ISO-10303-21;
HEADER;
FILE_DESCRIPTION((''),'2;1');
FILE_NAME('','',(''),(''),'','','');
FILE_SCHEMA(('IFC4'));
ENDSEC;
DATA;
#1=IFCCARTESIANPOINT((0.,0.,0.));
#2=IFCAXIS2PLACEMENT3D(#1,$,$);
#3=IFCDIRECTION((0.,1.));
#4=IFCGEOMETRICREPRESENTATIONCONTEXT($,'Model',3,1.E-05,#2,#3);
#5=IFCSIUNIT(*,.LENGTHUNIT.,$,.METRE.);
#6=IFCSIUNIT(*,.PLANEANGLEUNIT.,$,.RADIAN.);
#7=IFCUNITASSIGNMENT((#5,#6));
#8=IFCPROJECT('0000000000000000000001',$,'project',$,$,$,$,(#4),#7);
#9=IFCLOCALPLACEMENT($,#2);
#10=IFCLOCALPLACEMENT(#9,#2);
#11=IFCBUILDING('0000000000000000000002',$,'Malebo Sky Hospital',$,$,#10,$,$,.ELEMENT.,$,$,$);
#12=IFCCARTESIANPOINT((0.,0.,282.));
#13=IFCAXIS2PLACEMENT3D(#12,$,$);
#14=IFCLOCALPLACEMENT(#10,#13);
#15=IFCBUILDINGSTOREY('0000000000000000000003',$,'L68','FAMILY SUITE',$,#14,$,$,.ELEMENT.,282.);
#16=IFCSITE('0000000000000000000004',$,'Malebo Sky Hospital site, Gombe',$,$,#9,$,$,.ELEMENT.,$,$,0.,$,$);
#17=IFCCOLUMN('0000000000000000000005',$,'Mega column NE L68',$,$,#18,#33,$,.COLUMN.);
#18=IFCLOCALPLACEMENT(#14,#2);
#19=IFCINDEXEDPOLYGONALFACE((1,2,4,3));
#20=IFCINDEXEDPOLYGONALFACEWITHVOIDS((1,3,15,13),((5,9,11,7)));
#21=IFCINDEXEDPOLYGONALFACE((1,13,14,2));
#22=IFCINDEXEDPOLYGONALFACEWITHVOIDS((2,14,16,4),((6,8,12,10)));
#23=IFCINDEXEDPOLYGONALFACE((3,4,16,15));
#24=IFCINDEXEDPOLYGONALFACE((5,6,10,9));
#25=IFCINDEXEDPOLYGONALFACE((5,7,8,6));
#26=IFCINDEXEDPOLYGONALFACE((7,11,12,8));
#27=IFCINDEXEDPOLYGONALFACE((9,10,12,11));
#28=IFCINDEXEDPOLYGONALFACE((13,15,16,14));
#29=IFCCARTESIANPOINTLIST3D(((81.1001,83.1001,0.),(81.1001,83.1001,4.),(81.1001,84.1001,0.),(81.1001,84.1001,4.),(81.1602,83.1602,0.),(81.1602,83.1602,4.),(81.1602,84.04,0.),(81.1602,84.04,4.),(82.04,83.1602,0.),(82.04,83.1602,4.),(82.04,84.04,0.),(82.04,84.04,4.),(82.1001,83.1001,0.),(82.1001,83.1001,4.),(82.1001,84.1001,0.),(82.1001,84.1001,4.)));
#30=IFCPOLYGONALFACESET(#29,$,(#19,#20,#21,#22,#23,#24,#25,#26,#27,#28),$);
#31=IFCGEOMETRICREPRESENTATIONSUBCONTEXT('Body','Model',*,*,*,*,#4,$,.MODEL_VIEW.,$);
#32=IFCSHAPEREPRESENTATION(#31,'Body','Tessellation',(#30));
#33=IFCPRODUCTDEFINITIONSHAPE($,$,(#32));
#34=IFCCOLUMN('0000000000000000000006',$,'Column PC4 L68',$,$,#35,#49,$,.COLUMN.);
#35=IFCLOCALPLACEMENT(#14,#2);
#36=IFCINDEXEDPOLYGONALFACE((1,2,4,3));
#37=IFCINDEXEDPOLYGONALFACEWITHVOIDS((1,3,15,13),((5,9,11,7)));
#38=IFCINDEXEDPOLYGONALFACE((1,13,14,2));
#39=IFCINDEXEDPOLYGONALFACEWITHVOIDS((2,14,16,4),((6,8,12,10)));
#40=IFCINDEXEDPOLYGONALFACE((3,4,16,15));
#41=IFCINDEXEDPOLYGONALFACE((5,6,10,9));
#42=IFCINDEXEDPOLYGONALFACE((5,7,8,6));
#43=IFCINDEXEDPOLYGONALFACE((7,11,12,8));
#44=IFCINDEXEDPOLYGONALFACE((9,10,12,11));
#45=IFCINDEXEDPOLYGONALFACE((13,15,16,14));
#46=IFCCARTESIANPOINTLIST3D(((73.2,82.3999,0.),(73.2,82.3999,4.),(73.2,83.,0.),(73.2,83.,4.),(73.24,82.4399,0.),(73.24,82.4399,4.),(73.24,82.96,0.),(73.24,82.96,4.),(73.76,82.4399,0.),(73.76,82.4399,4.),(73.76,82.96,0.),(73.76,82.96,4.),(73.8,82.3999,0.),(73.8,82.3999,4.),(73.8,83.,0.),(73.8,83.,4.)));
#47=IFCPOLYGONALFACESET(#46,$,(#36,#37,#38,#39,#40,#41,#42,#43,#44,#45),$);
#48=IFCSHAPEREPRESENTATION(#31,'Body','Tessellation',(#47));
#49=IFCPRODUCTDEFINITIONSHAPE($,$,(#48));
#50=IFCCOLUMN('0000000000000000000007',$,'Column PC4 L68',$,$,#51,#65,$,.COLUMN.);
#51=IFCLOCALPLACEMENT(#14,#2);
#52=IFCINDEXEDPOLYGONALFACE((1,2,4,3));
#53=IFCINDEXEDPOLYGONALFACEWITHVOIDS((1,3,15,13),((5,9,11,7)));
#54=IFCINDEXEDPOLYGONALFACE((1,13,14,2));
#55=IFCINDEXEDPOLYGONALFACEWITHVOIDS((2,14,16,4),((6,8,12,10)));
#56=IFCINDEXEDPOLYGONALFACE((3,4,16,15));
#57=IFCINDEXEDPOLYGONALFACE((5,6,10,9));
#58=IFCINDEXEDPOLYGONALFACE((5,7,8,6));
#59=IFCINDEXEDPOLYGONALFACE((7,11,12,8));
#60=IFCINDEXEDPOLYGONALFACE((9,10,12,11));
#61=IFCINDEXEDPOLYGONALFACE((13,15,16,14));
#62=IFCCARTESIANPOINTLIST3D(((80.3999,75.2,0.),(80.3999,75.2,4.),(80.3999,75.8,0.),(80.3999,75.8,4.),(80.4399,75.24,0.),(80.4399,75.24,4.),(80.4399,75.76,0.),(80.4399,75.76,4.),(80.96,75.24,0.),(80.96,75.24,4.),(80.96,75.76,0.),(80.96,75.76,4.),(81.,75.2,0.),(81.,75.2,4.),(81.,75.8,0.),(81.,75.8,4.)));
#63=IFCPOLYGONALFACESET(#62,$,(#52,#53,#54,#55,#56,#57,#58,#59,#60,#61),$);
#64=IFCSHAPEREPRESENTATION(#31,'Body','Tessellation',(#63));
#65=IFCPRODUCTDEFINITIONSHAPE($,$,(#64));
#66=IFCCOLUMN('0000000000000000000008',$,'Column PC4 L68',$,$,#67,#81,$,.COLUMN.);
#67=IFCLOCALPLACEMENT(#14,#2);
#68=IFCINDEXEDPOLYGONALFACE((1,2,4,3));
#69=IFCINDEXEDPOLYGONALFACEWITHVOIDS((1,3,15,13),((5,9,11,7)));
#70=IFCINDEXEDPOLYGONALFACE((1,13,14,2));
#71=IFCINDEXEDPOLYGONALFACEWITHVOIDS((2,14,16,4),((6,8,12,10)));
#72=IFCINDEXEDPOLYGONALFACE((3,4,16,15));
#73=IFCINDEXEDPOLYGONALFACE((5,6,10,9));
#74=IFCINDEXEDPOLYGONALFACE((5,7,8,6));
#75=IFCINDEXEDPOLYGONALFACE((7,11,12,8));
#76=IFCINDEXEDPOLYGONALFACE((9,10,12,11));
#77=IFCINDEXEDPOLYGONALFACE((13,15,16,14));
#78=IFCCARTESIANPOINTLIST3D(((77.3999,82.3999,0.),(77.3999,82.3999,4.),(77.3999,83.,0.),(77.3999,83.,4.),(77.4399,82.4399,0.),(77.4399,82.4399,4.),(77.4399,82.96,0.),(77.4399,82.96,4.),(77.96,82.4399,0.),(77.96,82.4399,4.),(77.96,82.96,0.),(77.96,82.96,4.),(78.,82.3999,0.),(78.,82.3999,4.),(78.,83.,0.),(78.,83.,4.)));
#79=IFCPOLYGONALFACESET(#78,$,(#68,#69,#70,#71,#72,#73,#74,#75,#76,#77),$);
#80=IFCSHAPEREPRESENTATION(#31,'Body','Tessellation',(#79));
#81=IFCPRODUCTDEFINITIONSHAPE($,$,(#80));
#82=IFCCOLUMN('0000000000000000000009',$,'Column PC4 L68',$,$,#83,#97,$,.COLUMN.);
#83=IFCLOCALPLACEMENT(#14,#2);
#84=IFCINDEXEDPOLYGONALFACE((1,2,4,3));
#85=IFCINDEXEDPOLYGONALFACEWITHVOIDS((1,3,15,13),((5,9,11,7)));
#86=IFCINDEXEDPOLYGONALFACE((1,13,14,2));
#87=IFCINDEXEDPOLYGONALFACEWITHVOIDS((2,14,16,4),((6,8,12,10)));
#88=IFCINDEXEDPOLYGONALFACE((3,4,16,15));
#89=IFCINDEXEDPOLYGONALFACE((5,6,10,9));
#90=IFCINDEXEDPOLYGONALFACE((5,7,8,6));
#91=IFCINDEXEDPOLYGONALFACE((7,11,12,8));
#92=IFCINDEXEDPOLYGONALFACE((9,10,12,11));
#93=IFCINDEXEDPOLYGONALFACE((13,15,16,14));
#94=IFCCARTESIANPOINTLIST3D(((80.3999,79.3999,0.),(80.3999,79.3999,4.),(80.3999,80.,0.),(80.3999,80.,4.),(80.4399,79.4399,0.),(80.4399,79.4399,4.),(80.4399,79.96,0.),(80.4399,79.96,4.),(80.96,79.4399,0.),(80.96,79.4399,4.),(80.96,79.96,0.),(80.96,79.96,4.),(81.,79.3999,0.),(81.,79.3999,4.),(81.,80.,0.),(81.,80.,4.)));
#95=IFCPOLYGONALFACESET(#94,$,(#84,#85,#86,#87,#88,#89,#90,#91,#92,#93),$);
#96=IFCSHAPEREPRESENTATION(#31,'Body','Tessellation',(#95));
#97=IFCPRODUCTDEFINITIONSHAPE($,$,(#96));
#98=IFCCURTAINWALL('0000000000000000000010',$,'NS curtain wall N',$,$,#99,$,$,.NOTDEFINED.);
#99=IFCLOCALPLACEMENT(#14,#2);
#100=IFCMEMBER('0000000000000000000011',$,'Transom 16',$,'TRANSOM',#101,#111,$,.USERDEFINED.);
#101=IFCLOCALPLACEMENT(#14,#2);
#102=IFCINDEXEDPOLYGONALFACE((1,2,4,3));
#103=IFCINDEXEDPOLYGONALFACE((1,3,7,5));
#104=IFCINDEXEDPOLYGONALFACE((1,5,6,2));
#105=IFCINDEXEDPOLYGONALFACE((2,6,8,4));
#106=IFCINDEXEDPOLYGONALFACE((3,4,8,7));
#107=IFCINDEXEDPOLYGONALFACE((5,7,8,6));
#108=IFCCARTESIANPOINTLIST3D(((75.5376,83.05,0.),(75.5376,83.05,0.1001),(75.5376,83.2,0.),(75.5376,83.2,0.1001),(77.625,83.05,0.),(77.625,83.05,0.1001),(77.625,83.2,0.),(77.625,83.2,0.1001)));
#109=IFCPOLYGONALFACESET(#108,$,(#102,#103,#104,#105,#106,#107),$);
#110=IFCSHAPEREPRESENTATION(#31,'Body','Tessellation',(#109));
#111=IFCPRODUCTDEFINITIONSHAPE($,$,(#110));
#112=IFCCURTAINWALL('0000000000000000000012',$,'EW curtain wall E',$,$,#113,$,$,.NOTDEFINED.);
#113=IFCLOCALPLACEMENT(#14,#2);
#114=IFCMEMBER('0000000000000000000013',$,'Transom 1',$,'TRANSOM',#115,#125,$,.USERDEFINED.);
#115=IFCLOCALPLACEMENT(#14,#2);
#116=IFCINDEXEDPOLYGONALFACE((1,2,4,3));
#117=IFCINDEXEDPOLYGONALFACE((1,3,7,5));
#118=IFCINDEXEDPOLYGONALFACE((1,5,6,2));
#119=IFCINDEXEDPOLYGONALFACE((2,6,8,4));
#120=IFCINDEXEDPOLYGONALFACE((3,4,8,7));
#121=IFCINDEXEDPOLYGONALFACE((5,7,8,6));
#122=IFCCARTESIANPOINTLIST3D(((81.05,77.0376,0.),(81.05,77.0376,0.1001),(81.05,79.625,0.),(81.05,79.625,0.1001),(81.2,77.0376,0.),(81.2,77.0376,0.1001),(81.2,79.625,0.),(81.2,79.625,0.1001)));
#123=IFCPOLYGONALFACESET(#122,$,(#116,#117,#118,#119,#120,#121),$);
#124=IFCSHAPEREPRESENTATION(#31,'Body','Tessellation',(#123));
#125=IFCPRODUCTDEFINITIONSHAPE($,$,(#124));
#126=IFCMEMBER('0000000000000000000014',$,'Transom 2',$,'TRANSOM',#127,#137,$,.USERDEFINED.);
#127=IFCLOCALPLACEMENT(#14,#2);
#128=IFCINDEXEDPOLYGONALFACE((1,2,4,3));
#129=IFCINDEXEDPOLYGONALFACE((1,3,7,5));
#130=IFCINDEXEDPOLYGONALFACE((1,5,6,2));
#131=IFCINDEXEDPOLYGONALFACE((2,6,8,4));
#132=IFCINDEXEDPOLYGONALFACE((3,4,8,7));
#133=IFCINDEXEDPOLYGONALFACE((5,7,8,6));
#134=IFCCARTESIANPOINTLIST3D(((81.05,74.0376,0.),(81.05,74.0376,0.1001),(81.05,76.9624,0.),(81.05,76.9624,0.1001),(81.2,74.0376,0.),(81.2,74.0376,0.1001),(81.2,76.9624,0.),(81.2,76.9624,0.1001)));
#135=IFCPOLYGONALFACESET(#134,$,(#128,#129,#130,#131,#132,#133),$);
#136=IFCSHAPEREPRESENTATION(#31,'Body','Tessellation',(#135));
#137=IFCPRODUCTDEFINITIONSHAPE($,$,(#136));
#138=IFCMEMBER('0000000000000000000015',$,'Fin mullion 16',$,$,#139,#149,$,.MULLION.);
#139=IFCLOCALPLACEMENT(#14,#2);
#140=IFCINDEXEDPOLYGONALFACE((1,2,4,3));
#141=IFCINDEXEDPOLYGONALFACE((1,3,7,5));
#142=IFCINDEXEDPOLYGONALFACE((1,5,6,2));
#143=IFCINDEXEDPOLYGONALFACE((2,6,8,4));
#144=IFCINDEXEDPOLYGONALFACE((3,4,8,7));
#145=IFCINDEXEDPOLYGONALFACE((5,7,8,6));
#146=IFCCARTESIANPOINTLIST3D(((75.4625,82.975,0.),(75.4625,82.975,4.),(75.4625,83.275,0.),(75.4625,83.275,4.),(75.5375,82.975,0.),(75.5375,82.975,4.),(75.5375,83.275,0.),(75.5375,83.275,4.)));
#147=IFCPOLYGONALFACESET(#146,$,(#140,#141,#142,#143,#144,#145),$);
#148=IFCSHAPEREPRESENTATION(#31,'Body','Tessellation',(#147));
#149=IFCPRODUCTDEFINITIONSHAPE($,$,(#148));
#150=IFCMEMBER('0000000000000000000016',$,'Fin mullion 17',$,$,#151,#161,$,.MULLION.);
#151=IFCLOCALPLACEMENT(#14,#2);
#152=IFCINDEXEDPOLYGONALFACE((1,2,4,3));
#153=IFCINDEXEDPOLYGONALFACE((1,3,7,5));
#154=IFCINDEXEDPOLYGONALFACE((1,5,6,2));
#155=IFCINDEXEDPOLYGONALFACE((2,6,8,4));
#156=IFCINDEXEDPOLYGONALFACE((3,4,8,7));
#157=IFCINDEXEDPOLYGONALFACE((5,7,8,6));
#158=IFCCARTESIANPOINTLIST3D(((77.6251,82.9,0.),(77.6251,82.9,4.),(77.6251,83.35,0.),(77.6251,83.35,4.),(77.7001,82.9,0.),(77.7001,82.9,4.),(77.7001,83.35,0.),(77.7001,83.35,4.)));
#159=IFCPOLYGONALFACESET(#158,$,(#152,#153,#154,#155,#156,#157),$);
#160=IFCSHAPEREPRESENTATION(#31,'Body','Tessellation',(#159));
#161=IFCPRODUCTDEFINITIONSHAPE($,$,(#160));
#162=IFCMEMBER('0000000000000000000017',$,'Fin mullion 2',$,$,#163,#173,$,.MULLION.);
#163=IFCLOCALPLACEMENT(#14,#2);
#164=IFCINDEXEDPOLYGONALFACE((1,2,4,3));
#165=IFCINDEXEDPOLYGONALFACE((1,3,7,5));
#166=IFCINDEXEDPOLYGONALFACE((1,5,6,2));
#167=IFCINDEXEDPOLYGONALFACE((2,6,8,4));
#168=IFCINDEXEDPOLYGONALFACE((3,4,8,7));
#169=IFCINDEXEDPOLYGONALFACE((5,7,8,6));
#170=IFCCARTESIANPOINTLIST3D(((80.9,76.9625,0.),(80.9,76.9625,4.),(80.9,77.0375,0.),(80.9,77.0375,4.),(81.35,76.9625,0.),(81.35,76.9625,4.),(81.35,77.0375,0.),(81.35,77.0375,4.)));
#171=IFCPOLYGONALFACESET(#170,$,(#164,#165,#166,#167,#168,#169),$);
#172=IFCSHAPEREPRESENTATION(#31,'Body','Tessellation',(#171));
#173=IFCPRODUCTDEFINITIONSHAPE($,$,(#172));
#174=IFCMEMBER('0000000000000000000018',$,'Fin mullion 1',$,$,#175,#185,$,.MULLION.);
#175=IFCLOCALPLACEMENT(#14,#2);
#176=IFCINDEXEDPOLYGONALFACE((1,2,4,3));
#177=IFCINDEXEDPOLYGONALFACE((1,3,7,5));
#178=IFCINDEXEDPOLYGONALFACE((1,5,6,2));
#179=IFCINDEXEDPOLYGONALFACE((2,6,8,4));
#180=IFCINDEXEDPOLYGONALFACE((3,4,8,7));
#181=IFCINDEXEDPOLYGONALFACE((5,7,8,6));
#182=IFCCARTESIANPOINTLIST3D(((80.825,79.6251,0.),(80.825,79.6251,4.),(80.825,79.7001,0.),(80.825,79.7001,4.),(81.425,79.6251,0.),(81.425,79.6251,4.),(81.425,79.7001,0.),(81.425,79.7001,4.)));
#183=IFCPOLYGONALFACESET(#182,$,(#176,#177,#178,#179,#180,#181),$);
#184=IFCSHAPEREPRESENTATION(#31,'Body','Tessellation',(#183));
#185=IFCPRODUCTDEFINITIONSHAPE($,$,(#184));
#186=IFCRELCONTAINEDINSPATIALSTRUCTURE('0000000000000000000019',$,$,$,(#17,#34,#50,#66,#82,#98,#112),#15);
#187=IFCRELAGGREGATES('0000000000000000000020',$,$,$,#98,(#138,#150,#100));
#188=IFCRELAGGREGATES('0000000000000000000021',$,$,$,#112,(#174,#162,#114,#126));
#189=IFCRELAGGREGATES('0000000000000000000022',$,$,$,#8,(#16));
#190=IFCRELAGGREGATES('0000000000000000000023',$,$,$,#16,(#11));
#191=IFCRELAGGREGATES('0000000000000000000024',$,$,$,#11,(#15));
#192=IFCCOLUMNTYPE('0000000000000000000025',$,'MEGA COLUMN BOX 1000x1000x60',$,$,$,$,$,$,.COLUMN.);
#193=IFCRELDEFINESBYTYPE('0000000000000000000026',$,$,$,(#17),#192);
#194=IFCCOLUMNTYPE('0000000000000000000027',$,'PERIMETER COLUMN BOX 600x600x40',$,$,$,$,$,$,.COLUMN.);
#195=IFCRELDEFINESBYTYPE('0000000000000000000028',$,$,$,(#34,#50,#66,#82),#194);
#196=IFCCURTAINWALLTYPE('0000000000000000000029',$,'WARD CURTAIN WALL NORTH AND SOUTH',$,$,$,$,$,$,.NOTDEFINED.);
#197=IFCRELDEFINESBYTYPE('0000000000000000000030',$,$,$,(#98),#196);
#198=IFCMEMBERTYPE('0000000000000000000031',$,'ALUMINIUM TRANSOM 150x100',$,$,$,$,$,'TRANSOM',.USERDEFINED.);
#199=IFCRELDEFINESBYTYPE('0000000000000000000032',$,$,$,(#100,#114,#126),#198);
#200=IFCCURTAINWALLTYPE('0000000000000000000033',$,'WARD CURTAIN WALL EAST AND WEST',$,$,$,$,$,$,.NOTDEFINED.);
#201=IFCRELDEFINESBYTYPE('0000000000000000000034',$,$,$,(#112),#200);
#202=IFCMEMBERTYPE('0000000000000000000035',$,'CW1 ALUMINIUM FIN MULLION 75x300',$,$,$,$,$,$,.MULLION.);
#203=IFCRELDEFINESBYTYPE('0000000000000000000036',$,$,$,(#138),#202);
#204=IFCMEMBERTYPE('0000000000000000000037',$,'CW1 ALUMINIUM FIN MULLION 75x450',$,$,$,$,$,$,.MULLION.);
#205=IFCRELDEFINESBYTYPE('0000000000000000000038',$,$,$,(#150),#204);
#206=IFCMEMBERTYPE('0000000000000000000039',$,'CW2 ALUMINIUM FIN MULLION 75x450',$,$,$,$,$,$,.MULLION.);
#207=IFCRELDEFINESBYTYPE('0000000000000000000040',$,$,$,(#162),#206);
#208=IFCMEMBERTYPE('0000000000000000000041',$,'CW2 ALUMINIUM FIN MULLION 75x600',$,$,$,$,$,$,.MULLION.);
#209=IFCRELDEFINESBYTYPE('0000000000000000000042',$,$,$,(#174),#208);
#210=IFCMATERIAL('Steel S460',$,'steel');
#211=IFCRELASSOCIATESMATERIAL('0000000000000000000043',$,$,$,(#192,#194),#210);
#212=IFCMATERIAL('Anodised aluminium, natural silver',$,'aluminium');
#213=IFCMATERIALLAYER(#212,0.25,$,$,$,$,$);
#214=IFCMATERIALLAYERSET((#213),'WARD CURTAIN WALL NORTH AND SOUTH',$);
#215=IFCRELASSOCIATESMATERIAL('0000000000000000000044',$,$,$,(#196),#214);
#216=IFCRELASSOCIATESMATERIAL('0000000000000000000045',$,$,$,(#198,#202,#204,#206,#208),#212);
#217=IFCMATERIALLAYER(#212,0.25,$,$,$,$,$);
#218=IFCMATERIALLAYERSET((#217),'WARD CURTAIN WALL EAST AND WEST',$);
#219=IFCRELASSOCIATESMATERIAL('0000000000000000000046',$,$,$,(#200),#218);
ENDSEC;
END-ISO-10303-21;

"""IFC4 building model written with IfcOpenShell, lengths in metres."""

from ifc_helpers import new_model, si_unit, direction, frame, origin, origin_2d, place, context, subcontext, project, spatial, rectangle, hollow_rectangle, extrude, material, layer, layer_set, material_profile, profile_set, type_object, element, aggregate, save


model = new_model("IFC4")

# Units and contexts
model_context = context("Model", 3, precision=1e-05, world=origin(), true_north=direction((0.0, 1.0)))
body_context = subcontext(model_context, "Body", "Model", "MODEL_VIEW")
ifc_project = project(units=[si_unit("LENGTHUNIT", "METRE"), si_unit("PLANEANGLEUNIT", "RADIAN")], contexts=[model_context])

# Site, building, storey
site_placement = place(None, origin())
site = spatial("IfcSite", under=ifc_project, at=site_placement, Name="Malebo Sky Hospital site, Gombe", CompositionType="ELEMENT", RefElevation=0.0)
building_placement = place(site_placement, origin())
building = spatial("IfcBuilding", under=site, at=building_placement, Name="Malebo Sky Hospital", CompositionType="ELEMENT")
storey_placement = place(building_placement, frame((0.0, 0.0, 282.0)))
storey = spatial("IfcBuildingStorey", under=building, at=storey_placement, Name="L68", Description="FAMILY SUITE", CompositionType="ELEMENT", Elevation=282.0)

# Columns
ifc_material_1 = material(Name="Steel S460", Category="steel")
ifc_material_profile_1 = material_profile(ifc_material_1, hollow_rectangle(XDim=1.0, YDim=1.0, WallThickness=0.0601, at=origin_2d()), Name="BOX 1000x1000x60")
ifc_profile_set_1 = profile_set([ifc_material_profile_1], Name="Steel S460")
column_type_1 = type_object("IfcColumnType", Name="MEGA COLUMN BOX 1000x1000x60", PredefinedType="COLUMN", material=ifc_profile_set_1)
column_placement = place(storey_placement, frame((81.6001, 83.6001, 0.0), z_axis=(0.0, 0.0, 1.0), x_axis=(1.0, 0.0, 0.0)))
element("IfcColumn", 1, at=column_placement, inside=storey, type_object=column_type_1, Name="Mega column NE L68", PredefinedType="COLUMN", context=body_context, shape_type="SweptSolid", body=[
    extrude(hollow_rectangle(XDim=1.0, YDim=1.0, WallThickness=0.0601, at=origin_2d()), origin(), (0.0, 0.0, 1.0), 4.0),
])
ifc_material_profile_2 = material_profile(ifc_material_1, hollow_rectangle(XDim=0.6001, YDim=0.6001, WallThickness=0.04, at=origin_2d()), Name="BOX 600x600x40")
ifc_profile_set_2 = profile_set([ifc_material_profile_2], Name="Steel S460")
column_type_2 = type_object("IfcColumnType", Name="PERIMETER COLUMN BOX 600x600x40", PredefinedType="COLUMN", material=ifc_profile_set_2)
for number, where, z_axis, x_axis, name in (
    (2, (73.5, 82.7, 0.0), (0.0, 0.0, 1.0), (1.0, 0.0, 0.0), "Column PC4 L68"),
    (3, (80.7, 75.5, 0.0), (0.0, 0.0, 1.0), (1.0, 0.0, 0.0), "Column PC4 L68"),
    (4, (77.7, 82.7, 0.0), (0.0, 0.0, 1.0), (1.0, 0.0, 0.0), "Column PC4 L68"),
    (5, (80.7, 79.7, 0.0), (0.0, 0.0, 1.0), (1.0, 0.0, 0.0), "Column PC4 L68"),
):
    element("IfcColumn", number, at=place(storey_placement, frame(where, z_axis=z_axis, x_axis=x_axis)), inside=storey, type_object=column_type_2, Name=name, PredefinedType="COLUMN", context=body_context, shape_type="SweptSolid", body=[
        extrude(hollow_rectangle(XDim=0.6001, YDim=0.6001, WallThickness=0.04, at=origin_2d()), origin(), (0.0, 0.0, 1.0), 4.0),
    ])

# Curtain wall, member
ifc_material_2 = material(Name="Anodised aluminium, natural silver", Category="aluminium")
ifc_layer_1 = layer(ifc_material_2, 0.25)
ifc_layer_set_1 = layer_set([ifc_layer_1], Name="WARD CURTAIN WALL NORTH AND SOUTH")
curtain_wall_type_1 = type_object("IfcCurtainWallType", Name="WARD CURTAIN WALL NORTH AND SOUTH", PredefinedType="NOTDEFINED", material=ifc_layer_set_1)
curtain_wall_1_placement = place(storey_placement, origin())
curtain_wall_1 = element("IfcCurtainWall", 6, at=curtain_wall_1_placement, inside=storey, type_object=curtain_wall_type_1, Name="NS curtain wall N", PredefinedType="NOTDEFINED")
ifc_material_profile_3 = material_profile(ifc_material_2, rectangle(XDim=0.1499, YDim=0.1001, at=origin_2d()), Name="ALUMINIUM TRANSOM 150x100")
ifc_profile_set_3 = profile_set([ifc_material_profile_3], Name="Anodised aluminium, natural silver")
member_type_1 = type_object("IfcMemberType", Name="ALUMINIUM TRANSOM 150x100", ElementType="TRANSOM", PredefinedType="USERDEFINED", material=ifc_profile_set_3)
member_1_placement = place(storey_placement, frame((75.5376, 83.125, 0.05), z_axis=(1.0, 0.0, 0.0), x_axis=(0.0, 1.0, 0.0)))
member_1 = element("IfcMember", 7, at=member_1_placement, type_object=member_type_1, Name="Transom 16", ObjectType="TRANSOM", PredefinedType="USERDEFINED", context=body_context, shape_type="SweptSolid", body=[
    extrude(rectangle(XDim=0.1499, YDim=0.1001, at=origin_2d()), origin(), (0.0, 0.0, 1.0), 2.0874),
])

# Curtain wall, members
ifc_layer_2 = layer(ifc_material_2, 0.25)
ifc_layer_set_2 = layer_set([ifc_layer_2], Name="WARD CURTAIN WALL EAST AND WEST")
curtain_wall_type_2 = type_object("IfcCurtainWallType", Name="WARD CURTAIN WALL EAST AND WEST", PredefinedType="NOTDEFINED", material=ifc_layer_set_2)
curtain_wall_2_placement = place(storey_placement, origin())
curtain_wall_2 = element("IfcCurtainWall", 8, at=curtain_wall_2_placement, inside=storey, type_object=curtain_wall_type_2, Name="EW curtain wall E", PredefinedType="NOTDEFINED")
member_2_placement = place(storey_placement, frame((81.125, 79.625, 0.05), z_axis=(0.0, -1.0, 0.0), x_axis=(1.0, 0.0, 0.0)))
member_2 = element("IfcMember", 9, at=member_2_placement, type_object=member_type_1, Name="Transom 1", ObjectType="TRANSOM", PredefinedType="USERDEFINED", context=body_context, shape_type="SweptSolid", body=[
    extrude(rectangle(XDim=0.1499, YDim=0.1001, at=origin_2d()), origin(), (0.0, 0.0, 1.0), 2.5874),
])
member_3_placement = place(storey_placement, frame((81.125, 76.9624, 0.05), z_axis=(0.0, -1.0, 0.0), x_axis=(1.0, 0.0, 0.0)))
member_3 = element("IfcMember", 10, at=member_3_placement, type_object=member_type_1, Name="Transom 2", ObjectType="TRANSOM", PredefinedType="USERDEFINED", context=body_context, shape_type="SweptSolid", body=[
    extrude(rectangle(XDim=0.1499, YDim=0.1001, at=origin_2d()), origin(), (0.0, 0.0, 1.0), 2.9248),
])

# Members
ifc_material_profile_4 = material_profile(ifc_material_2, rectangle(XDim=0.075, YDim=0.3, at=origin_2d()), Name="CW1 ALUMINIUM FIN MULLION 75x300")
ifc_profile_set_4 = profile_set([ifc_material_profile_4], Name="Anodised aluminium, natural silver")
member_type_2 = type_object("IfcMemberType", Name="CW1 ALUMINIUM FIN MULLION 75x300", PredefinedType="MULLION", material=ifc_profile_set_4)
member_4_placement = place(storey_placement, frame((75.5, 83.125, 0.0), z_axis=(0.0, 0.0, 1.0), x_axis=(1.0, 0.0, 0.0)))
member_4 = element("IfcMember", 11, at=member_4_placement, type_object=member_type_2, Name="Fin mullion 16", PredefinedType="MULLION", context=body_context, shape_type="SweptSolid", body=[
    extrude(rectangle(XDim=0.075, YDim=0.3, at=origin_2d()), origin(), (0.0, 0.0, 1.0), 4.0),
])
ifc_material_profile_5 = material_profile(ifc_material_2, rectangle(XDim=0.075, YDim=0.45, at=origin_2d()), Name="CW1 ALUMINIUM FIN MULLION 75x450")
ifc_profile_set_5 = profile_set([ifc_material_profile_5], Name="Anodised aluminium, natural silver")
member_type_3 = type_object("IfcMemberType", Name="CW1 ALUMINIUM FIN MULLION 75x450", PredefinedType="MULLION", material=ifc_profile_set_5)
member_5_placement = place(storey_placement, frame((77.6626, 83.125, 0.0), z_axis=(0.0, 0.0, 1.0), x_axis=(1.0, 0.0, 0.0)))
member_5 = element("IfcMember", 12, at=member_5_placement, type_object=member_type_3, Name="Fin mullion 17", PredefinedType="MULLION", context=body_context, shape_type="SweptSolid", body=[
    extrude(rectangle(XDim=0.075, YDim=0.45, at=origin_2d()), origin(), (0.0, 0.0, 1.0), 4.0),
])
ifc_material_profile_6 = material_profile(ifc_material_2, rectangle(XDim=0.075, YDim=0.45, at=origin_2d()), Name="CW2 ALUMINIUM FIN MULLION 75x450")
ifc_profile_set_6 = profile_set([ifc_material_profile_6], Name="Anodised aluminium, natural silver")
member_type_4 = type_object("IfcMemberType", Name="CW2 ALUMINIUM FIN MULLION 75x450", PredefinedType="MULLION", material=ifc_profile_set_6)
member_6_placement = place(storey_placement, frame((81.125, 77.0, 0.0), z_axis=(0.0, 0.0, 1.0), x_axis=(0.0, -1.0, 0.0)))
member_6 = element("IfcMember", 13, at=member_6_placement, type_object=member_type_4, Name="Fin mullion 2", PredefinedType="MULLION", context=body_context, shape_type="SweptSolid", body=[
    extrude(rectangle(XDim=0.075, YDim=0.45, at=origin_2d()), origin(), (0.0, 0.0, 1.0), 4.0),
])
ifc_material_profile_7 = material_profile(ifc_material_2, rectangle(XDim=0.075, YDim=0.6001, at=origin_2d()), Name="CW2 ALUMINIUM FIN MULLION 75x600")
ifc_profile_set_7 = profile_set([ifc_material_profile_7], Name="Anodised aluminium, natural silver")
member_type_5 = type_object("IfcMemberType", Name="CW2 ALUMINIUM FIN MULLION 75x600", PredefinedType="MULLION", material=ifc_profile_set_7)
member_7_placement = place(storey_placement, frame((81.125, 79.6626, 0.0), z_axis=(0.0, 0.0, 1.0), x_axis=(0.0, -1.0, 0.0)))
member_7 = element("IfcMember", 14, at=member_7_placement, type_object=member_type_5, Name="Fin mullion 1", PredefinedType="MULLION", context=body_context, shape_type="SweptSolid", body=[
    extrude(rectangle(XDim=0.075, YDim=0.6001, at=origin_2d()), origin(), (0.0, 0.0, 1.0), 4.0),
])

aggregate(curtain_wall_1, [member_4, member_5, member_1])
aggregate(curtain_wall_2, [member_7, member_6, member_2, member_3])

save(model, "model.ifc")
